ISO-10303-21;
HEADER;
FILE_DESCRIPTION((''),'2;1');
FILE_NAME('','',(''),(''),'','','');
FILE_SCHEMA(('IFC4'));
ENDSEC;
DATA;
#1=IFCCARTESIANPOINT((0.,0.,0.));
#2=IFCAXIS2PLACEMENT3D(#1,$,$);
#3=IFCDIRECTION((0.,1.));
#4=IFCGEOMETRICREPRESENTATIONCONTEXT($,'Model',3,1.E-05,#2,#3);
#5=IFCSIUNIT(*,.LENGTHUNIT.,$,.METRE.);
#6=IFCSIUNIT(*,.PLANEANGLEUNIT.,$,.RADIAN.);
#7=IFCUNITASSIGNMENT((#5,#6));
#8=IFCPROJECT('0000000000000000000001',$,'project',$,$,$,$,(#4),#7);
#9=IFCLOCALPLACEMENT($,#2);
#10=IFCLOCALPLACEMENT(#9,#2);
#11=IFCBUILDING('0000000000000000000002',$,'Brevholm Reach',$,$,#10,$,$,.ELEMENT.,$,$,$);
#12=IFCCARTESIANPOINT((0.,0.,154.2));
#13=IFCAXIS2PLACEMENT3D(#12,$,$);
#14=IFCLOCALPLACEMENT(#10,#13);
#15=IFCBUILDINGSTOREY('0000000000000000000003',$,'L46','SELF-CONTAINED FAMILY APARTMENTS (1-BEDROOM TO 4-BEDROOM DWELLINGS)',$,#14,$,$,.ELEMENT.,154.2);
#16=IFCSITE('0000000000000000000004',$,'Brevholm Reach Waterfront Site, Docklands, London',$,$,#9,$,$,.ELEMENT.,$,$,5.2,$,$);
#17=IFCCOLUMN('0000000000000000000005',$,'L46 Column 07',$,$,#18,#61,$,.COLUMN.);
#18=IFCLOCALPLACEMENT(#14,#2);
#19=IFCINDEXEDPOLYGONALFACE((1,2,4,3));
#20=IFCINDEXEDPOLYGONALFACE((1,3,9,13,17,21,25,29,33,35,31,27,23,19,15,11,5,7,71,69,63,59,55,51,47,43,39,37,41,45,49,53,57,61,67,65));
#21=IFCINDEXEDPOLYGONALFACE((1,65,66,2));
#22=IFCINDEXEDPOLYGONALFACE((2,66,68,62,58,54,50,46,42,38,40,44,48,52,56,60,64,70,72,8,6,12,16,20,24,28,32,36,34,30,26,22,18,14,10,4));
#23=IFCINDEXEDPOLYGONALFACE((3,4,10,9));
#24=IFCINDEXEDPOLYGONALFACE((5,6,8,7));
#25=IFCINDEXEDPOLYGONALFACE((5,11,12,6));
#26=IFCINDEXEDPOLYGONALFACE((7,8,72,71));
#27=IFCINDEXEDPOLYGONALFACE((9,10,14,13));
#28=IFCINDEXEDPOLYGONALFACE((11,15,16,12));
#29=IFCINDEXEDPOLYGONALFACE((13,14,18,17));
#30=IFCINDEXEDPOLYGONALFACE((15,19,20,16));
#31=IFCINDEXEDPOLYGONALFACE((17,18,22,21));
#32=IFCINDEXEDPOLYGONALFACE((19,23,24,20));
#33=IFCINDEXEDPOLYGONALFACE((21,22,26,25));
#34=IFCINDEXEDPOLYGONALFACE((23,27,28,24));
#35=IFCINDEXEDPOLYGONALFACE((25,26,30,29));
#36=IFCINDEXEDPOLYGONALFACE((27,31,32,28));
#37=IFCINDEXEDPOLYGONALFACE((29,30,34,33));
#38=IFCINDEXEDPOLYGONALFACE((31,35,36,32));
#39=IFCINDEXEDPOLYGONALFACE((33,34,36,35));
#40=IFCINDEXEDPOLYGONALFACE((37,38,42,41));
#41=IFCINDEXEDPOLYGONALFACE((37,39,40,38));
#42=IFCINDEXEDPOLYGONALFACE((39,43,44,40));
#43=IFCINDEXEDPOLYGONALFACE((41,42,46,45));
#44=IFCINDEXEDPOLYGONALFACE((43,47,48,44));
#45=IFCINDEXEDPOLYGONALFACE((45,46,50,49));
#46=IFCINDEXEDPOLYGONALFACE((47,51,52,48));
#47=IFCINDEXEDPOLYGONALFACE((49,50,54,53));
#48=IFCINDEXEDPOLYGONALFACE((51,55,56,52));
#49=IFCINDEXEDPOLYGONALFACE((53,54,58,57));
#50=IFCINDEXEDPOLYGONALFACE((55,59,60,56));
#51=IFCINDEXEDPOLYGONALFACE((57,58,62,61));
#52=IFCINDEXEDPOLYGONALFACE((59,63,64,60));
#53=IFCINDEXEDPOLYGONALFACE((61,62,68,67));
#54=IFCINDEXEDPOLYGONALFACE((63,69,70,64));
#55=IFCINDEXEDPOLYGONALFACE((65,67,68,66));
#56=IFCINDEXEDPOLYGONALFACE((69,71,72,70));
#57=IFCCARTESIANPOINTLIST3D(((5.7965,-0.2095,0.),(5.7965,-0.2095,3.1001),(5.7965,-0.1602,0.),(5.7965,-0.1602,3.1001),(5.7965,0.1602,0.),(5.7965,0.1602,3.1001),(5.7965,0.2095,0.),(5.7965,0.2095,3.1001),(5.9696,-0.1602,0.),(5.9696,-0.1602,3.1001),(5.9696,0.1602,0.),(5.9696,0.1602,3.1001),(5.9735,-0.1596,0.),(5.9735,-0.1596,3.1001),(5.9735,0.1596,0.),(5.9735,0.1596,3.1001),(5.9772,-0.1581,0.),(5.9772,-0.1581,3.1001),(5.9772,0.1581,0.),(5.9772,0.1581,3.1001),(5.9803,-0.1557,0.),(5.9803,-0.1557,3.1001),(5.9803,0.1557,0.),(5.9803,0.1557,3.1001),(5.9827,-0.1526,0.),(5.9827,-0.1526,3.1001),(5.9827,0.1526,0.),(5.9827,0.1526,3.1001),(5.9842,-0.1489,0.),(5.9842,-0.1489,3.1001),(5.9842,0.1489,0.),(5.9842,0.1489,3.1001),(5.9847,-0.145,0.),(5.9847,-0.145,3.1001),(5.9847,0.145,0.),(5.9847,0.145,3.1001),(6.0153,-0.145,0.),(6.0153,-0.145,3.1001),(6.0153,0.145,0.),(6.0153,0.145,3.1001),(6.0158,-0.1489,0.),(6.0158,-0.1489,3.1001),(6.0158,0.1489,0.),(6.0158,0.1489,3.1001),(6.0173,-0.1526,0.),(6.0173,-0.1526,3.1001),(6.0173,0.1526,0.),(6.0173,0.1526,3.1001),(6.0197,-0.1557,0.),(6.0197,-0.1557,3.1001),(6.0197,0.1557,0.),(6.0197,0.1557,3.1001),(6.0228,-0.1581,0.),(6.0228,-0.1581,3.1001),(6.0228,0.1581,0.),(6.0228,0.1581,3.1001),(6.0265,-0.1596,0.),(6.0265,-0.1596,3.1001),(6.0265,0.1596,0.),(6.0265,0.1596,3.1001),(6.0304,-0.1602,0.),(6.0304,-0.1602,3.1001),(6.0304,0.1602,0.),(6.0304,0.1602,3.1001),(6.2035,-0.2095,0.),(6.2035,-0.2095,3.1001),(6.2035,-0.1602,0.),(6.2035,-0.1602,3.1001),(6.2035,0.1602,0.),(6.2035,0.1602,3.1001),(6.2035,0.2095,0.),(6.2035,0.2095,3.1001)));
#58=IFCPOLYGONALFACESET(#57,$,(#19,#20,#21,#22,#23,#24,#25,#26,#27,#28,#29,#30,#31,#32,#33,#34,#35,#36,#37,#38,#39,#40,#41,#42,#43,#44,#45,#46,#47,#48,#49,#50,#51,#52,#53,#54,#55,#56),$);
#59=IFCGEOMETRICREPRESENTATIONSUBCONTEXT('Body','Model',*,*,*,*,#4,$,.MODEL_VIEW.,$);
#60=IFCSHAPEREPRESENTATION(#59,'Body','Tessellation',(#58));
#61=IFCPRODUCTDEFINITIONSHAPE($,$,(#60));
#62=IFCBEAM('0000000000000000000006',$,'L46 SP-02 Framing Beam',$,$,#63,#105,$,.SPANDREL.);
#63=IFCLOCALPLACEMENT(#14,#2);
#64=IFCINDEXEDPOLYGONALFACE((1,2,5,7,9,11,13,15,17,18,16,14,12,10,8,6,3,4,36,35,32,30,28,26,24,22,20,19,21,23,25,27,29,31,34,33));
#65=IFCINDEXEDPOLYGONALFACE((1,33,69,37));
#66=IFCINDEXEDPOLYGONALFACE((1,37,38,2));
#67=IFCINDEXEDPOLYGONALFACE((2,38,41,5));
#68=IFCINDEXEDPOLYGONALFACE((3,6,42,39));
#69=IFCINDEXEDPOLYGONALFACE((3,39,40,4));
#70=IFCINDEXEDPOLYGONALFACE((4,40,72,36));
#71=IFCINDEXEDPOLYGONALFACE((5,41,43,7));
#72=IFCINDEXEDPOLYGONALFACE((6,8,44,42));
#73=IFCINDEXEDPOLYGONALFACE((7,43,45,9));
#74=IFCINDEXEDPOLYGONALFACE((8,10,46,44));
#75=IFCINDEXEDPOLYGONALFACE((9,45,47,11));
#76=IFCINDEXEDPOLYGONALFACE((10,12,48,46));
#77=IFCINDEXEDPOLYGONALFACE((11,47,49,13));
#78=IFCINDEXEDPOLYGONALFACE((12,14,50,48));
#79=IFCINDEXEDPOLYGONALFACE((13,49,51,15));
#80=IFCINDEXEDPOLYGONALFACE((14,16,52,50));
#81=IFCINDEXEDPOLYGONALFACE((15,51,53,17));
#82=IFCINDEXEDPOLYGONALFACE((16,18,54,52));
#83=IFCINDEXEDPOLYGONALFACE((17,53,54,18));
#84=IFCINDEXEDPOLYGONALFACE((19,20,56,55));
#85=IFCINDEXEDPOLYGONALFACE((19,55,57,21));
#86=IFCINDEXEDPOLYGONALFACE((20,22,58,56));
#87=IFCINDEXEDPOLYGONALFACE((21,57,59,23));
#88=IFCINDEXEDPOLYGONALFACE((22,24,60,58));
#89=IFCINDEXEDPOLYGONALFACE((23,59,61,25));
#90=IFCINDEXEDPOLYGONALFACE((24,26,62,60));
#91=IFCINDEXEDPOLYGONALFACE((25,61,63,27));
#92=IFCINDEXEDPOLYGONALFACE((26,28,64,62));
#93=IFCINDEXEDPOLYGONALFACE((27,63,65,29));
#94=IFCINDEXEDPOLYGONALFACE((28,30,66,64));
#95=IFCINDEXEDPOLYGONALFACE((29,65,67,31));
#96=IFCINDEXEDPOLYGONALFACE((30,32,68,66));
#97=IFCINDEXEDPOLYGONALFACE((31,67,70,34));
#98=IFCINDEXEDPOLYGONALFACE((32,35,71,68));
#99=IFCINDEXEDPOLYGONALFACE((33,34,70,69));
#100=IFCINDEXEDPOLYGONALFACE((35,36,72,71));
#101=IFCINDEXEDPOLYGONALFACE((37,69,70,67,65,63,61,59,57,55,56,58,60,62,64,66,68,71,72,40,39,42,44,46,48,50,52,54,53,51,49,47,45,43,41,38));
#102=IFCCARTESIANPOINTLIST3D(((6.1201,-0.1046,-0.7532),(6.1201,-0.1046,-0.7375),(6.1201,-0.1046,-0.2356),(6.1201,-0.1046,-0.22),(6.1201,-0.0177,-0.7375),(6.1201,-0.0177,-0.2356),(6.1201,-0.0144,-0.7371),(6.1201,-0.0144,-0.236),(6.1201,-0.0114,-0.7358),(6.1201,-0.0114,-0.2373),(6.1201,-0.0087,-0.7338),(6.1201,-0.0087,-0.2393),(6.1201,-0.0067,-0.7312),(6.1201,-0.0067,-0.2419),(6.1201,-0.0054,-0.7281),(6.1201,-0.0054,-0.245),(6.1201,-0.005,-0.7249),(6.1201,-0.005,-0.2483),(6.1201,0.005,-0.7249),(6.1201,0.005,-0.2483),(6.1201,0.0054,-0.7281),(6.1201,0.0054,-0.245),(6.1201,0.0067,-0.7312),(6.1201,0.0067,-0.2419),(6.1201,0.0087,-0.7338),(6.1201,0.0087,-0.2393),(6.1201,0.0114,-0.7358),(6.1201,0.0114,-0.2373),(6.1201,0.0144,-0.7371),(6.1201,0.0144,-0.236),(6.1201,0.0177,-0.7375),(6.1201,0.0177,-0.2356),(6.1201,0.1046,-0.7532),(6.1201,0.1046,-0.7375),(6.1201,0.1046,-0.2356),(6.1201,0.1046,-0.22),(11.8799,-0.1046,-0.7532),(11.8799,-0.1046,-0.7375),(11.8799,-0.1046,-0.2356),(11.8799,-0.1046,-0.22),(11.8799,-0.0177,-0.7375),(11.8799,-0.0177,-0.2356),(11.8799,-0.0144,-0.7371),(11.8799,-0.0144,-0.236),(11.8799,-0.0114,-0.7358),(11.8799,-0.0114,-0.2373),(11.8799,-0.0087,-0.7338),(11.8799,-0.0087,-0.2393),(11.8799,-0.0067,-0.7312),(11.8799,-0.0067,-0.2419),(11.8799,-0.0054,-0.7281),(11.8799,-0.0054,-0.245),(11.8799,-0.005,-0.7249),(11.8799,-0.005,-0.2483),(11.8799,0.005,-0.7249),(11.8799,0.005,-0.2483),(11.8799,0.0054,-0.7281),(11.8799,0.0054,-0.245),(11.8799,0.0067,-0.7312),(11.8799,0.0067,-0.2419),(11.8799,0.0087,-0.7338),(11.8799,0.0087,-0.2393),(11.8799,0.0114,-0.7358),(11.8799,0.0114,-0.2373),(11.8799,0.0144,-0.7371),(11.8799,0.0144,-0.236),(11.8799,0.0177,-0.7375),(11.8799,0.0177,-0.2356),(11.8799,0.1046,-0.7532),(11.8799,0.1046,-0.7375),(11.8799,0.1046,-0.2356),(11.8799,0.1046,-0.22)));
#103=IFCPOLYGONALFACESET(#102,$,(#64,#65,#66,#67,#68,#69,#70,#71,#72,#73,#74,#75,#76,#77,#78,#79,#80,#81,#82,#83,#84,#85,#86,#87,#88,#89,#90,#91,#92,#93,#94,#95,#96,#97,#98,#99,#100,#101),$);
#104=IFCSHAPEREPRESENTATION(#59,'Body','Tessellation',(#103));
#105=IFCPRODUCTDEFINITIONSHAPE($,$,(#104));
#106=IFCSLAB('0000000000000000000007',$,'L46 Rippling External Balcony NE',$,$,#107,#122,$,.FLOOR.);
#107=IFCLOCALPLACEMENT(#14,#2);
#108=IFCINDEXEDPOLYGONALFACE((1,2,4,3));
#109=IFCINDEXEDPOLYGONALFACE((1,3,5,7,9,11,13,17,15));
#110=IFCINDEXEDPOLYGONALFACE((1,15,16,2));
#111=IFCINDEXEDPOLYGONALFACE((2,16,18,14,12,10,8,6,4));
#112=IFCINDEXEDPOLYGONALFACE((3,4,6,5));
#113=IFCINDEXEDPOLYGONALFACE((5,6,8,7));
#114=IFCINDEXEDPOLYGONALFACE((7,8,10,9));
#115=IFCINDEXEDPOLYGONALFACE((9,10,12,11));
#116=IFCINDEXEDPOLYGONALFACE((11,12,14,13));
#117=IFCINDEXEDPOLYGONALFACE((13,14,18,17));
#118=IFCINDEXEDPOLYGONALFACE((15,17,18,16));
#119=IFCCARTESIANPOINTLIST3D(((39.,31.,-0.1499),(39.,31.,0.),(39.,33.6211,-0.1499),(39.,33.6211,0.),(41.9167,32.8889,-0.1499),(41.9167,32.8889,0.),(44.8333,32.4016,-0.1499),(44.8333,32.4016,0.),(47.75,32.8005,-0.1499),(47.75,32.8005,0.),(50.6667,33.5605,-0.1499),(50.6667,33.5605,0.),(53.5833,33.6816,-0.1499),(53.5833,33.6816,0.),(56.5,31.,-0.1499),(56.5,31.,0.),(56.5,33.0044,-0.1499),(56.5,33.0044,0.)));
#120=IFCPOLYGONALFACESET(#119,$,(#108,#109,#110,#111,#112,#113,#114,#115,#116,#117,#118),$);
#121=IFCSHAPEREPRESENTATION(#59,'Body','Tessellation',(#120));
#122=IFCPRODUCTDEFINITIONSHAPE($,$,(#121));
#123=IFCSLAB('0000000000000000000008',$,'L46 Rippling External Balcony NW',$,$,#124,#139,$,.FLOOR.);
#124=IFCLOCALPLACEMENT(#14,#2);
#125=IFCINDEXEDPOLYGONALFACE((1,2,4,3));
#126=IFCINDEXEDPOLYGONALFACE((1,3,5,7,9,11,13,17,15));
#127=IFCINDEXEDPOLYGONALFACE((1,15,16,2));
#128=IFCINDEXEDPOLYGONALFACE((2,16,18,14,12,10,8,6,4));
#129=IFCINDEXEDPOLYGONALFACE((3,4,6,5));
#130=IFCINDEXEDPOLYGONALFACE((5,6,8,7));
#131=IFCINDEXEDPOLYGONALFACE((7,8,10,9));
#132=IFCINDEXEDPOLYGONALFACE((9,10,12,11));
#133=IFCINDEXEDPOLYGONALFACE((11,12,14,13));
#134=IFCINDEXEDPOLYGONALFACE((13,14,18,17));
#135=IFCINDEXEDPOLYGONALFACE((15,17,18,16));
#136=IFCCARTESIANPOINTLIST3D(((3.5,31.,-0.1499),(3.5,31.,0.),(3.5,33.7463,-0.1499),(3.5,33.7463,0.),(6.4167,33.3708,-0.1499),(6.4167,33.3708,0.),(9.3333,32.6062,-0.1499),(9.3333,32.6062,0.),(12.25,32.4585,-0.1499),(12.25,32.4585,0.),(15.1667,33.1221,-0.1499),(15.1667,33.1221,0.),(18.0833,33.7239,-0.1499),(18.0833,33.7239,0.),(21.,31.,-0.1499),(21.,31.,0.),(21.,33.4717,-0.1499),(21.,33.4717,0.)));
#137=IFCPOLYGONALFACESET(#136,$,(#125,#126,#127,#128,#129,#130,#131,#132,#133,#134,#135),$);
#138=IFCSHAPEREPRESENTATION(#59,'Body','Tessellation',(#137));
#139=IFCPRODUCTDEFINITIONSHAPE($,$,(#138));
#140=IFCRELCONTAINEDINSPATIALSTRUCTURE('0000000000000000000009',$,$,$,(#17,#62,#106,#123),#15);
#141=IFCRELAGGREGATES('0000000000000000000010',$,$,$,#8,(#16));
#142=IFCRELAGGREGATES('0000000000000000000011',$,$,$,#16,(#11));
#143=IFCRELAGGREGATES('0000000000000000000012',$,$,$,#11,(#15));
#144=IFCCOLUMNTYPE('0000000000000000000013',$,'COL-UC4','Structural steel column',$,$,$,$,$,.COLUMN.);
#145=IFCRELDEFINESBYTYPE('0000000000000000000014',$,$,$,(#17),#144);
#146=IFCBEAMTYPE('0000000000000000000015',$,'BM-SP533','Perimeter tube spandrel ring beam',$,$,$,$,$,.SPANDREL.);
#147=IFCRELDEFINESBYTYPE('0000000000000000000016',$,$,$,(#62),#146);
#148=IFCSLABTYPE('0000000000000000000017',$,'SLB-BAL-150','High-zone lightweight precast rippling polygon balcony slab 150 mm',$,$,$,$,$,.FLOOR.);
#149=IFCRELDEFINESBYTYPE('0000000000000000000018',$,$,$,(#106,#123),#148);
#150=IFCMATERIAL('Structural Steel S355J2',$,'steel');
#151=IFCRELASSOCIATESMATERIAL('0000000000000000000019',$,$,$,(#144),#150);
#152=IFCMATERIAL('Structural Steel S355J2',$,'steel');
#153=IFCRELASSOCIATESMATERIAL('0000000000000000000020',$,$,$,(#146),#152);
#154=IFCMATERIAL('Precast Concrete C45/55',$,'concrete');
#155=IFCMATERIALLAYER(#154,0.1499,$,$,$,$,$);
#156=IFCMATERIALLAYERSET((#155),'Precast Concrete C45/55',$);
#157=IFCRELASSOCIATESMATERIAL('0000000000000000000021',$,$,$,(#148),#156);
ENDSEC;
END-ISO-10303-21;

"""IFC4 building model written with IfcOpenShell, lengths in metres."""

from ifc_helpers import new_model, si_unit, direction, frame, origin, origin_2d, place, context, subcontext, project, spatial, polyline, i_section, outline, extrude, material, layer, layer_set, material_profile, profile_set, type_object, element, save


model = new_model("IFC4")

# Units and contexts
model_context = context("Model", 3, precision=1e-05, world=origin(), true_north=direction((0.0, 1.0)))
body_context = subcontext(model_context, "Body", "Model", "MODEL_VIEW")
ifc_project = project(units=[si_unit("LENGTHUNIT", "METRE"), si_unit("PLANEANGLEUNIT", "RADIAN")], contexts=[model_context])

# Site, building, storey
site_placement = place(None, origin())
site = spatial("IfcSite", under=ifc_project, at=site_placement, Name="Brevholm Reach Waterfront Site, Docklands, London", CompositionType="ELEMENT", RefElevation=5.2)
building_placement = place(site_placement, origin())
building = spatial("IfcBuilding", under=site, at=building_placement, Name="Brevholm Reach", CompositionType="ELEMENT")
storey_placement = place(building_placement, frame((0.0, 0.0, 154.2)))
storey = spatial("IfcBuildingStorey", under=building, at=storey_placement, Name="L46", Description="SELF-CONTAINED FAMILY APARTMENTS (1-BEDROOM TO 4-BEDROOM DWELLINGS)", CompositionType="ELEMENT", Elevation=154.2)

# Column
ifc_material_1 = material(Name="Structural Steel S355J2", Category="steel")
ifc_material_profile_1 = material_profile(ifc_material_1, i_section(OverallWidth=0.407, OverallDepth=0.4189, WebThickness=0.0305, FlangeThickness=0.0493, FilletRadius=0.0151, at=origin_2d()), Name="UKC 356x406x393")
ifc_profile_set_1 = profile_set([ifc_material_profile_1], Name="Structural Steel S355J2")
column_type = type_object("IfcColumnType", Name="COL-UC4", Description="Structural steel column", PredefinedType="COLUMN", material=ifc_profile_set_1)
column_placement = place(storey_placement, frame((6.0, 0.0, 0.0), z_axis=(0.0, 0.0, 1.0), x_axis=(1.0, 0.0, 0.0)))
element("IfcColumn", 1, at=column_placement, inside=storey, type_object=column_type, Name="L46 Column 07", PredefinedType="COLUMN", context=body_context, shape_type="SweptSolid", body=[
    extrude(i_section(OverallWidth=0.407, OverallDepth=0.4189, WebThickness=0.0305, FlangeThickness=0.0493, FilletRadius=0.0151, at=origin_2d()), origin(), (0.0, 0.0, 1.0), 3.1001),
])

# Beam
ifc_material_2 = material(Name="Structural Steel S355J2", Category="steel")
ifc_material_profile_2 = material_profile(ifc_material_2, i_section(OverallWidth=0.2092, OverallDepth=0.5332, WebThickness=0.01, FlangeThickness=0.0156, FilletRadius=0.0127, at=origin_2d()), Name="UKB 533x210x92")
ifc_profile_set_2 = profile_set([ifc_material_profile_2], Name="Structural Steel S355J2")
beam_type = type_object("IfcBeamType", Name="BM-SP533", Description="Perimeter tube spandrel ring beam", PredefinedType="SPANDREL", material=ifc_profile_set_2)
beam_placement = place(storey_placement, frame((6.1201, 0.0, -0.4866), z_axis=(1.0, 0.0, 0.0), x_axis=(0.0, 1.0, 0.0)))
element("IfcBeam", 2, at=beam_placement, inside=storey, type_object=beam_type, Name="L46 SP-02 Framing Beam", PredefinedType="SPANDREL", context=body_context, shape_type="SweptSolid", body=[
    extrude(i_section(OverallWidth=0.2092, OverallDepth=0.5332, WebThickness=0.01, FlangeThickness=0.0156, FilletRadius=0.0127, at=origin_2d()), origin(), (0.0, 0.0, 1.0), 5.7598),
])

# Slabs
ifc_material_3 = material(Name="Precast Concrete C45/55", Category="concrete")
ifc_layer_1 = layer(ifc_material_3, 0.1499)
ifc_layer_set_1 = layer_set([ifc_layer_1], Name="Precast Concrete C45/55")
slab_type_1 = type_object("IfcSlabType", Name="SLB-BAL-150", Description="High-zone lightweight precast rippling polygon balcony slab 150 mm", PredefinedType="FLOOR", material=ifc_layer_set_1)
slab_1_placement = place(storey_placement, frame((0.0, 0.0, -0.1499)))
element("IfcSlab", 3, at=slab_1_placement, inside=storey, type_object=slab_type_1, Name="L46 Rippling External Balcony NE", PredefinedType="FLOOR", context=body_context, shape_type="SweptSolid", body=[
    extrude(outline(polyline([(39.0, 31.0), (56.5, 31.0), (56.5, 33.0044), (53.5833, 33.6816), (50.6667, 33.5605), (47.75, 32.8005), (44.8333, 32.4016), (41.9167, 32.8889), (39.0, 33.6211), (39.0, 31.0)])), origin(), (0.0, 0.0, 1.0), 0.1499),
])
slab_2_placement = place(storey_placement, frame((0.0, 0.0, -0.1499)))
element("IfcSlab", 4, at=slab_2_placement, inside=storey, type_object=slab_type_1, Name="L46 Rippling External Balcony NW", PredefinedType="FLOOR", context=body_context, shape_type="SweptSolid", body=[
    extrude(outline(polyline([(3.5, 31.0), (21.0, 31.0), (21.0, 33.4717), (18.0833, 33.7239), (15.1667, 33.1221), (12.25, 32.4585), (9.3333, 32.6062), (6.4167, 33.3708), (3.5, 33.7463), (3.5, 31.0)])), origin(), (0.0, 0.0, 1.0), 0.1499),
])

save(model, "model.ifc")
